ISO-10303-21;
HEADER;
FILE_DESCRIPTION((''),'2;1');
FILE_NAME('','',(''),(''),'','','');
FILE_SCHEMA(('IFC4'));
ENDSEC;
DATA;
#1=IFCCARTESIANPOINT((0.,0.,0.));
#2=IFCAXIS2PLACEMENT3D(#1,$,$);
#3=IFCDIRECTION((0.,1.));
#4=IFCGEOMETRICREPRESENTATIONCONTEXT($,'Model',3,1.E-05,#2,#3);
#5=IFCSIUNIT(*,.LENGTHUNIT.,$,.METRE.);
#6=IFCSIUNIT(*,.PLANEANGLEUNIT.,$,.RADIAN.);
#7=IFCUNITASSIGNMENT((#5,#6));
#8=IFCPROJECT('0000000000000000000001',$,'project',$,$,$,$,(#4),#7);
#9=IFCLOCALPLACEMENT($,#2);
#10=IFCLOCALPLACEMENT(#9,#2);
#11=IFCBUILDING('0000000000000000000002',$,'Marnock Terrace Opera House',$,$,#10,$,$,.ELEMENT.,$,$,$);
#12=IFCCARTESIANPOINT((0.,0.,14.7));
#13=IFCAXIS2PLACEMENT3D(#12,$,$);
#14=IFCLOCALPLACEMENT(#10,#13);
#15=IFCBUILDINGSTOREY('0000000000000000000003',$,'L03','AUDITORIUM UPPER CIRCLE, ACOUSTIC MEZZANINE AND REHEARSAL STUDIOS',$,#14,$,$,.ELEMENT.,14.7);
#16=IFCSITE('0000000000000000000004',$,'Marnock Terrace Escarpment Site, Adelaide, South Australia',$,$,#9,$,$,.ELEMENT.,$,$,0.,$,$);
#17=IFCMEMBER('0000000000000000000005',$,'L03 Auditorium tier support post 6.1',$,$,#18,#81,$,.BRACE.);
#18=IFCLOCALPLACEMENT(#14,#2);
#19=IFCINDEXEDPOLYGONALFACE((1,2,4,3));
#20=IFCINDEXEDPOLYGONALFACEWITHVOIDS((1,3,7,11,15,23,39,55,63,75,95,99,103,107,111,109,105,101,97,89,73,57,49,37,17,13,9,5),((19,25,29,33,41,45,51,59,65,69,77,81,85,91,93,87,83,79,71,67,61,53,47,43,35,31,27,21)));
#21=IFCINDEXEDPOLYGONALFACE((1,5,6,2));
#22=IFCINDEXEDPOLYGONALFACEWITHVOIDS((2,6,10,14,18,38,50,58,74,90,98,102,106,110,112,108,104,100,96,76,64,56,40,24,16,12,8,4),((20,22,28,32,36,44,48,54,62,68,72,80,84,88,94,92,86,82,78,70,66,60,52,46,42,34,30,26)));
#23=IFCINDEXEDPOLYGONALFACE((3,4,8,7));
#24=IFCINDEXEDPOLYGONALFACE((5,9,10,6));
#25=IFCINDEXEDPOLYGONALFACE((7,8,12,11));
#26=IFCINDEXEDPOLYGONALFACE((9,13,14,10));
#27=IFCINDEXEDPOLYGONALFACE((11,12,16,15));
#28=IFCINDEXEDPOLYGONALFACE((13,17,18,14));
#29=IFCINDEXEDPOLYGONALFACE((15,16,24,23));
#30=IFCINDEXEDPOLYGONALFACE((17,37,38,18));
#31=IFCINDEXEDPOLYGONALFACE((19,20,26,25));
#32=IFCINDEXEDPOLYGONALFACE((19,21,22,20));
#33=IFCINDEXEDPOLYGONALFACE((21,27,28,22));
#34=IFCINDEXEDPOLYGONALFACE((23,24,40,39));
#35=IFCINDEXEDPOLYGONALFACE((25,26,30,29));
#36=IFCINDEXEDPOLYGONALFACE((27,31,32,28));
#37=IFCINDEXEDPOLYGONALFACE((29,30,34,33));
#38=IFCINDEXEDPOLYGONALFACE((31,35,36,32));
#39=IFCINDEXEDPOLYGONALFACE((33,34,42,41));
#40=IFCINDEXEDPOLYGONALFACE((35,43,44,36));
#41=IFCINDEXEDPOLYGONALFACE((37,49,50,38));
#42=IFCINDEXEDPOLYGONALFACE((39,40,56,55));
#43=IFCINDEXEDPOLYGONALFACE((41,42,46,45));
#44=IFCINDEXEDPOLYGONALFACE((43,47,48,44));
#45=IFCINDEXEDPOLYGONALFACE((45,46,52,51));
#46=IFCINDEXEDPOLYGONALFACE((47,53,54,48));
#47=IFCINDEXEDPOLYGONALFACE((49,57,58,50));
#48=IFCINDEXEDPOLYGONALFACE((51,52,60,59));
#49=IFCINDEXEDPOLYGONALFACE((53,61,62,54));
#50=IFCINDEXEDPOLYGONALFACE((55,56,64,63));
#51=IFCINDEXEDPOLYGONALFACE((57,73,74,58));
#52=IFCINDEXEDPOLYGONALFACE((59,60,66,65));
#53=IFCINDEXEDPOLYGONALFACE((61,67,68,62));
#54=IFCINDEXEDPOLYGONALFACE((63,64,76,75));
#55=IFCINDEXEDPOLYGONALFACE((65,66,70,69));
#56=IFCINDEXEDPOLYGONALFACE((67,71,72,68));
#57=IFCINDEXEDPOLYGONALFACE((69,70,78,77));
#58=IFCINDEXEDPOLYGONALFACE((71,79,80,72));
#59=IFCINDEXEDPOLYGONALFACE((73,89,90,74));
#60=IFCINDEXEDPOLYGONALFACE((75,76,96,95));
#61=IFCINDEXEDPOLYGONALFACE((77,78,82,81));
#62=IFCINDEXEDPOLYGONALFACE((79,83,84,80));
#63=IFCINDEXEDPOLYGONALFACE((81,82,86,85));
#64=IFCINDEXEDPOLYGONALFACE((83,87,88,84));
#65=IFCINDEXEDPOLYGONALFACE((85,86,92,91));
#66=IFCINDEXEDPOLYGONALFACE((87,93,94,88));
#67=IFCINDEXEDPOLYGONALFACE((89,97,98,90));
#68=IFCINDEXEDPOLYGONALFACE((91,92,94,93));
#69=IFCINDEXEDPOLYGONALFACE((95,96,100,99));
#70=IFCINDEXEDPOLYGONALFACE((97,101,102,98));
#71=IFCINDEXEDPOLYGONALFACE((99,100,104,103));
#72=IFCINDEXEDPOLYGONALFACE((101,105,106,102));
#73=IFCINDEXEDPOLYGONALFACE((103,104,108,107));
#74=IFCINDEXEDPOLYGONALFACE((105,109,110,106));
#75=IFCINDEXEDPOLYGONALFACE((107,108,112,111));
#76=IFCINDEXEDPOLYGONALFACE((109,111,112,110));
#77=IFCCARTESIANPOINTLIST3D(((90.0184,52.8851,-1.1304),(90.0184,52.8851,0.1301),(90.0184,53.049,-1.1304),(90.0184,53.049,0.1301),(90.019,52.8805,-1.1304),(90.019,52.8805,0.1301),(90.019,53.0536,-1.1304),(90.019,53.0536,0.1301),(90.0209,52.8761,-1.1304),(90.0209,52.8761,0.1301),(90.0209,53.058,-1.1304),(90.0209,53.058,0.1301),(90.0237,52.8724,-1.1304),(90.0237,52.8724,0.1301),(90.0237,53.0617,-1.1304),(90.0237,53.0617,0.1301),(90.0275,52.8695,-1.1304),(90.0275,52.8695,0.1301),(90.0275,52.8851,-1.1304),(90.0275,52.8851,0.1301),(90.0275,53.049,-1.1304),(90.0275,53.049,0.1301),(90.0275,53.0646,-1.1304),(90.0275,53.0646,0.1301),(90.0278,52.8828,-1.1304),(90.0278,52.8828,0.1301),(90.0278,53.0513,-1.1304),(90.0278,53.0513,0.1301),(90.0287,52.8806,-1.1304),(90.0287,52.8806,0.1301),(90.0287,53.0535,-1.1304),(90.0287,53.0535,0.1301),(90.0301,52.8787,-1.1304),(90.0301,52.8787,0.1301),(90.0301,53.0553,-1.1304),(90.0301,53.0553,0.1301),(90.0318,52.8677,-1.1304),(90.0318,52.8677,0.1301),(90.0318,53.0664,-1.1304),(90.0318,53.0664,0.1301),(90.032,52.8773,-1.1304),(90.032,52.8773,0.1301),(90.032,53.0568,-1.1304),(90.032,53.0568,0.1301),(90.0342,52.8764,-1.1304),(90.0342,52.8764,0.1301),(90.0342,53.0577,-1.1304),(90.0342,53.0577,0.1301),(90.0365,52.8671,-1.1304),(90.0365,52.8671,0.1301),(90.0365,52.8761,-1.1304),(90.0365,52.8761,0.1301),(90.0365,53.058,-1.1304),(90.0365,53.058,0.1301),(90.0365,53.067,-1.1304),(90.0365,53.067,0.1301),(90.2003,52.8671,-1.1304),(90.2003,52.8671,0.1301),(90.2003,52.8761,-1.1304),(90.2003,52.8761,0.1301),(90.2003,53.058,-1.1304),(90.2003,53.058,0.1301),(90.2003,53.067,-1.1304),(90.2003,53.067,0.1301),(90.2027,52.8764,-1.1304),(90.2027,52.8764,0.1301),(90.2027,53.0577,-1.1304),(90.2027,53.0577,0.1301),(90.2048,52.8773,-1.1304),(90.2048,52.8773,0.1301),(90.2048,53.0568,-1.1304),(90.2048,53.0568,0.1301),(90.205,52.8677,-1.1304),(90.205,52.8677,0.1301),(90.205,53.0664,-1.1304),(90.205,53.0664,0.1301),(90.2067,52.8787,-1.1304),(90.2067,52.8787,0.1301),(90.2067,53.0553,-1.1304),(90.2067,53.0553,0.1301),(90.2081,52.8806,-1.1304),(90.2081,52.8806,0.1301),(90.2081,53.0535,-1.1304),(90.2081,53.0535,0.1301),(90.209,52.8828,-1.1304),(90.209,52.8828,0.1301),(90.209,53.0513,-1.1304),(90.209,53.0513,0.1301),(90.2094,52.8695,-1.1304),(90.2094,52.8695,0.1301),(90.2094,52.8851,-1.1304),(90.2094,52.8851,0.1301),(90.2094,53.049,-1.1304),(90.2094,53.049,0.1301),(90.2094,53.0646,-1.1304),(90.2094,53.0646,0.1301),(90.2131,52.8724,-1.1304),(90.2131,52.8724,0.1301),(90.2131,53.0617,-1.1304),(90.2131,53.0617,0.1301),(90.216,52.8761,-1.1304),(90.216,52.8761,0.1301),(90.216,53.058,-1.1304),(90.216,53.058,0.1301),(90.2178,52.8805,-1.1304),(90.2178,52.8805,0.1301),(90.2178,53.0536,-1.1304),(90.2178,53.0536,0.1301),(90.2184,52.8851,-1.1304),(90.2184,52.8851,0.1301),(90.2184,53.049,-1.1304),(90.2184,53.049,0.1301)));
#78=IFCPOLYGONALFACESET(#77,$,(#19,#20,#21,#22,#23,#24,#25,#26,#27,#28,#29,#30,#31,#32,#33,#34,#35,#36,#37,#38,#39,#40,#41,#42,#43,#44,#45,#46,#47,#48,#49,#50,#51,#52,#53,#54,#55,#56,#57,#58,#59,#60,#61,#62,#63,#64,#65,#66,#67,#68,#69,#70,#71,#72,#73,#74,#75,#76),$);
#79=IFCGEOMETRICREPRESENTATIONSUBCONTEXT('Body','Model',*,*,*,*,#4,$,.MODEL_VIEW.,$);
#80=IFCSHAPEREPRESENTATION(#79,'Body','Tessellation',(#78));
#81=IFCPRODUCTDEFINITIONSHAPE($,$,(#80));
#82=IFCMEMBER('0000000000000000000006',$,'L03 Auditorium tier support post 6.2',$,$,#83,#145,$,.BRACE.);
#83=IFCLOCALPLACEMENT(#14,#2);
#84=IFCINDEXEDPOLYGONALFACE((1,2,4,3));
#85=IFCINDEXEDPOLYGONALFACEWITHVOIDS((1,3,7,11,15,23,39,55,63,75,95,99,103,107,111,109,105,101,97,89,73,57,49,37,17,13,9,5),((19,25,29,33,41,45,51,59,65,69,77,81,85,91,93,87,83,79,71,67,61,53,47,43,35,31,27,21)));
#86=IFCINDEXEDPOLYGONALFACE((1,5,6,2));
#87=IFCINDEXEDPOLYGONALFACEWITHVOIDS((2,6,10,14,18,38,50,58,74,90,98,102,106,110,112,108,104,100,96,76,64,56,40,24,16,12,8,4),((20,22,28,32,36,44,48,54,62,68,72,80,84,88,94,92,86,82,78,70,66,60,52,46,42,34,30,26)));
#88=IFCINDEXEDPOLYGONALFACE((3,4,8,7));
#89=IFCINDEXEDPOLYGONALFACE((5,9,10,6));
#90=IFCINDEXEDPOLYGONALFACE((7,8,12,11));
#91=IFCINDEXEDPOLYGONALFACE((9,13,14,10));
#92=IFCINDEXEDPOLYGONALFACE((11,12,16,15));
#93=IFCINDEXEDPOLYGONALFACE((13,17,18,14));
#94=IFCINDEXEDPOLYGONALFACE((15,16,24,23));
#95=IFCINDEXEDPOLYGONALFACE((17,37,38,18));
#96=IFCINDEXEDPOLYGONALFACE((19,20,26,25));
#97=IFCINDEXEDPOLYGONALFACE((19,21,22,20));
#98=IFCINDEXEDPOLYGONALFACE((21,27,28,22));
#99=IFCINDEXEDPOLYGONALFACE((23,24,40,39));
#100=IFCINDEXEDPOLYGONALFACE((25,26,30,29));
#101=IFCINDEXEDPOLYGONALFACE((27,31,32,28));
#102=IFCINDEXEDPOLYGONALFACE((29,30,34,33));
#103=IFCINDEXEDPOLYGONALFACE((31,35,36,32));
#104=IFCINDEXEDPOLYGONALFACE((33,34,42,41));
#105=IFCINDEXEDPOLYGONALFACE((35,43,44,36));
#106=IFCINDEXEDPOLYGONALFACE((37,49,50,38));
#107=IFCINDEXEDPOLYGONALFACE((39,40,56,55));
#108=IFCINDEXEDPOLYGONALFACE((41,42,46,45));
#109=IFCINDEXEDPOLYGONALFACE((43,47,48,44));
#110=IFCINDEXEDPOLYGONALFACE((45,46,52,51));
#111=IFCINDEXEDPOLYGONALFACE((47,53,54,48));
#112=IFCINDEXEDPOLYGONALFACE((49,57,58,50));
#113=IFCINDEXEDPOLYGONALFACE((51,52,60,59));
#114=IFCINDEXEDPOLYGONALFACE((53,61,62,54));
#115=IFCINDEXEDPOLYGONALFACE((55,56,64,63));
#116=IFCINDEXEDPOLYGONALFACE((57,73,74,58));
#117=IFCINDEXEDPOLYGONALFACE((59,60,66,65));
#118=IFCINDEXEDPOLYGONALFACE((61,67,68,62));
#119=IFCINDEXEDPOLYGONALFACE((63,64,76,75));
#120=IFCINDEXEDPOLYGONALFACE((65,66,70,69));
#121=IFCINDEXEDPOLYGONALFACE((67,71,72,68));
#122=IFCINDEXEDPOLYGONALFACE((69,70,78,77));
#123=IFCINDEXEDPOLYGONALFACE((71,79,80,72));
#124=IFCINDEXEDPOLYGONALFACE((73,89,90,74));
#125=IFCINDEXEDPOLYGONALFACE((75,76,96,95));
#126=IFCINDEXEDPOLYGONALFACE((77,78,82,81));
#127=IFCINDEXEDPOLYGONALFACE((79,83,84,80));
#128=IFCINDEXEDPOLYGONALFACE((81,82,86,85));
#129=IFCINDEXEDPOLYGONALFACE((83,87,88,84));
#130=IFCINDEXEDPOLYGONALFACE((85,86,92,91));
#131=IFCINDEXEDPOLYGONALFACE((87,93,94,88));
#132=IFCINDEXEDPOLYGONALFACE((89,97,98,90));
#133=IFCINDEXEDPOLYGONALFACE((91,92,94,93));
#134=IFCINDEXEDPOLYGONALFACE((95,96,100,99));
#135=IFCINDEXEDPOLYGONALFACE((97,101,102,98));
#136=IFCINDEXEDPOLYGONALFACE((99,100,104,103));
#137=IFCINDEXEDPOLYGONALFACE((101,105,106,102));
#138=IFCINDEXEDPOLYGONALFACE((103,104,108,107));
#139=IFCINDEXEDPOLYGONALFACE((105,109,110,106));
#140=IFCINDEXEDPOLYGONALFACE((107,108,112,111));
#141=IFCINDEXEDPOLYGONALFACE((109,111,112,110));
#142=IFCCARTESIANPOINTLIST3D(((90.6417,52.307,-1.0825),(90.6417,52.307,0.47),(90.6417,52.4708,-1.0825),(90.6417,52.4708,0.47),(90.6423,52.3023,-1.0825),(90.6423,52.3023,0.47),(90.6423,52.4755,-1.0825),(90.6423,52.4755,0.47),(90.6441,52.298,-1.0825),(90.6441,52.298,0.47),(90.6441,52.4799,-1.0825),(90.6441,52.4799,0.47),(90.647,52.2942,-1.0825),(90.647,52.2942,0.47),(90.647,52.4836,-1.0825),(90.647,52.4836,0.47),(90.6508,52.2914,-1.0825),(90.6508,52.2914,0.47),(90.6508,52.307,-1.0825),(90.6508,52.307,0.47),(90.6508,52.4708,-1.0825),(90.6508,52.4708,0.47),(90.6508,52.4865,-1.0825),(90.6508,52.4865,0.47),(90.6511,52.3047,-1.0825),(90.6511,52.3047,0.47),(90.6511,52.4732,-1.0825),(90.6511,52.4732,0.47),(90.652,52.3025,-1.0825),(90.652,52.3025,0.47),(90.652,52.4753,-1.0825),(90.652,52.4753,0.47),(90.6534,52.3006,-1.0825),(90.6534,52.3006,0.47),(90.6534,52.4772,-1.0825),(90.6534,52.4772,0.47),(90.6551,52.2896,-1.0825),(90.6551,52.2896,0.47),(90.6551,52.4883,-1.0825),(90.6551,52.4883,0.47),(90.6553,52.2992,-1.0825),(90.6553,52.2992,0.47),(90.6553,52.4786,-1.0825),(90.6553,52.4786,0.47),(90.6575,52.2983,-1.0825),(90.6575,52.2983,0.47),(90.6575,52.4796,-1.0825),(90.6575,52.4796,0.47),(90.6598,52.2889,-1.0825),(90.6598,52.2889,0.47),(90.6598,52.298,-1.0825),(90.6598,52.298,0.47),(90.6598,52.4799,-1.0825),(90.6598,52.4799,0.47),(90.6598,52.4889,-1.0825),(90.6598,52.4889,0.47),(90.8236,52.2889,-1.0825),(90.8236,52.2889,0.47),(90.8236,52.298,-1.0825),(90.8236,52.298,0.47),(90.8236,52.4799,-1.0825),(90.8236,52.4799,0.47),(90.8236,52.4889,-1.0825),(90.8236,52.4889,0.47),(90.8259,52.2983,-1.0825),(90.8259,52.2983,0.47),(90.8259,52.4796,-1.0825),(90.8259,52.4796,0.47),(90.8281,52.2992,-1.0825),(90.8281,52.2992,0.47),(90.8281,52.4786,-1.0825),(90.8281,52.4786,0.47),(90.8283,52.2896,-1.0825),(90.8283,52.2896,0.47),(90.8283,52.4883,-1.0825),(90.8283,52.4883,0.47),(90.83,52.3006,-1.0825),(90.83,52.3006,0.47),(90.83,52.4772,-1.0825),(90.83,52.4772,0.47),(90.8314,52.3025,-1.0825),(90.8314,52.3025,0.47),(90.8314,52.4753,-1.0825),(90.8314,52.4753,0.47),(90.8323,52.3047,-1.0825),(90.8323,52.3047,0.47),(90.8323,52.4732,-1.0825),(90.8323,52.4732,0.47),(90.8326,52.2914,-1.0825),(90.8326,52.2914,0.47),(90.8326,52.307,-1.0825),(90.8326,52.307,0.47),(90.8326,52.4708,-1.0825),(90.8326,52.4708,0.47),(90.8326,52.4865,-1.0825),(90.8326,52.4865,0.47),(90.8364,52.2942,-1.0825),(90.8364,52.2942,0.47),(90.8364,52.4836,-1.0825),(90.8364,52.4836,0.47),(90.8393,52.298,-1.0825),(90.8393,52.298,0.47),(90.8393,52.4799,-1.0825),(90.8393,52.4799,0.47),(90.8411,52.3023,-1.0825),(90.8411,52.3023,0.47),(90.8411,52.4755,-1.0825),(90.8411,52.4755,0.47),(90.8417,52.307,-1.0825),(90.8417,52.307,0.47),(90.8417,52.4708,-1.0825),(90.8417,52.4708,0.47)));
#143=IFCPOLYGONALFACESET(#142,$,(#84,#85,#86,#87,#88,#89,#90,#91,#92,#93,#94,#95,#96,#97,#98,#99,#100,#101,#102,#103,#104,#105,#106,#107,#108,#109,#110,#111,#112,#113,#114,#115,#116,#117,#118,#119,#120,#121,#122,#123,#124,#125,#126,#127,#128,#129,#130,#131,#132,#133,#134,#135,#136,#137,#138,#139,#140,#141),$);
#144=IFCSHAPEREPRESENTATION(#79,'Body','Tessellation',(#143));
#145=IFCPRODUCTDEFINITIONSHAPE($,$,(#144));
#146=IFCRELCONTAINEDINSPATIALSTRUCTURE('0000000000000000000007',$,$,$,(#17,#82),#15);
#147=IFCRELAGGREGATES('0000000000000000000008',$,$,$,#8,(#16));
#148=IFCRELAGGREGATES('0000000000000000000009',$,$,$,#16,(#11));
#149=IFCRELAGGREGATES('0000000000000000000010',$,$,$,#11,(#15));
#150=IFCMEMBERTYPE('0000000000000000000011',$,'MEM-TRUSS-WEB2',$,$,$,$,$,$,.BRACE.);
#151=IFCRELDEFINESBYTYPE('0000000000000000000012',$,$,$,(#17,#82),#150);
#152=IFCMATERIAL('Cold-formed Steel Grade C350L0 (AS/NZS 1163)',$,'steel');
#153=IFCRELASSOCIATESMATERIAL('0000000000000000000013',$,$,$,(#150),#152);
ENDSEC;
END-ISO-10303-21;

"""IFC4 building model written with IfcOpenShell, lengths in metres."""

from ifc_helpers import new_model, si_unit, direction, frame, origin, origin_2d, place, context, subcontext, project, spatial, hollow_rectangle, extrude, material, material_profile, profile_set, type_object, element, save


model = new_model("IFC4")

# Units and contexts
model_context = context("Model", 3, precision=1e-05, world=origin(), true_north=direction((0.0, 1.0)))
body_context = subcontext(model_context, "Body", "Model", "MODEL_VIEW")
ifc_project = project(units=[si_unit("LENGTHUNIT", "METRE"), si_unit("PLANEANGLEUNIT", "RADIAN")], contexts=[model_context])

# Site, building, storey
site_placement = place(None, origin())
site = spatial("IfcSite", under=ifc_project, at=site_placement, Name="Marnock Terrace Escarpment Site, Adelaide, South Australia", CompositionType="ELEMENT", RefElevation=0.0)
building_placement = place(site_placement, origin())
building = spatial("IfcBuilding", under=site, at=building_placement, Name="Marnock Terrace Opera House", CompositionType="ELEMENT")
storey_placement = place(building_placement, frame((0.0, 0.0, 14.7)))
storey = spatial("IfcBuildingStorey", under=building, at=storey_placement, Name="L03", Description="AUDITORIUM UPPER CIRCLE, ACOUSTIC MEZZANINE AND REHEARSAL STUDIOS", CompositionType="ELEMENT", Elevation=14.7)

# Members
ifc_material_1 = material(Name="Cold-formed Steel Grade C350L0 (AS/NZS 1163)", Category="steel")
ifc_material_profile_1 = material_profile(ifc_material_1, hollow_rectangle(XDim=0.2, YDim=0.2, WallThickness=0.009, InnerFilletRadius=0.009, OuterFilletRadius=0.0181, at=origin_2d()))
ifc_profile_set_1 = profile_set([ifc_material_profile_1], Name="Cold-formed Steel Grade C350L0 (AS/NZS 1163)")
member_type = type_object("IfcMemberType", Name="MEM-TRUSS-WEB2", PredefinedType="BRACE", material=ifc_profile_set_1)
member_1_placement = place(storey_placement, frame((90.1184, 52.967, -1.1304), z_axis=(0.0, 0.0, 1.0), x_axis=(1.0, 0.0, 0.0)))
element("IfcMember", 1, at=member_1_placement, inside=storey, type_object=member_type, Name="L03 Auditorium tier support post 6.1", PredefinedType="BRACE", context=body_context, shape_type="SweptSolid", body=[
    extrude(hollow_rectangle(XDim=0.2, YDim=0.2, WallThickness=0.009, InnerFilletRadius=0.009, OuterFilletRadius=0.0181, at=origin_2d()), origin(), (0.0, 0.0, 1.0), 1.2605),
])
member_2_placement = place(storey_placement, frame((90.7417, 52.3889, -1.0825), z_axis=(0.0, 0.0, 1.0), x_axis=(1.0, 0.0, 0.0)))
element("IfcMember", 2, at=member_2_placement, inside=storey, type_object=member_type, Name="L03 Auditorium tier support post 6.2", PredefinedType="BRACE", context=body_context, shape_type="SweptSolid", body=[
    extrude(hollow_rectangle(XDim=0.2, YDim=0.2, WallThickness=0.009, InnerFilletRadius=0.009, OuterFilletRadius=0.0181, at=origin_2d()), origin(), (0.0, 0.0, 1.0), 1.5525),
])

save(model, "model.ifc")
